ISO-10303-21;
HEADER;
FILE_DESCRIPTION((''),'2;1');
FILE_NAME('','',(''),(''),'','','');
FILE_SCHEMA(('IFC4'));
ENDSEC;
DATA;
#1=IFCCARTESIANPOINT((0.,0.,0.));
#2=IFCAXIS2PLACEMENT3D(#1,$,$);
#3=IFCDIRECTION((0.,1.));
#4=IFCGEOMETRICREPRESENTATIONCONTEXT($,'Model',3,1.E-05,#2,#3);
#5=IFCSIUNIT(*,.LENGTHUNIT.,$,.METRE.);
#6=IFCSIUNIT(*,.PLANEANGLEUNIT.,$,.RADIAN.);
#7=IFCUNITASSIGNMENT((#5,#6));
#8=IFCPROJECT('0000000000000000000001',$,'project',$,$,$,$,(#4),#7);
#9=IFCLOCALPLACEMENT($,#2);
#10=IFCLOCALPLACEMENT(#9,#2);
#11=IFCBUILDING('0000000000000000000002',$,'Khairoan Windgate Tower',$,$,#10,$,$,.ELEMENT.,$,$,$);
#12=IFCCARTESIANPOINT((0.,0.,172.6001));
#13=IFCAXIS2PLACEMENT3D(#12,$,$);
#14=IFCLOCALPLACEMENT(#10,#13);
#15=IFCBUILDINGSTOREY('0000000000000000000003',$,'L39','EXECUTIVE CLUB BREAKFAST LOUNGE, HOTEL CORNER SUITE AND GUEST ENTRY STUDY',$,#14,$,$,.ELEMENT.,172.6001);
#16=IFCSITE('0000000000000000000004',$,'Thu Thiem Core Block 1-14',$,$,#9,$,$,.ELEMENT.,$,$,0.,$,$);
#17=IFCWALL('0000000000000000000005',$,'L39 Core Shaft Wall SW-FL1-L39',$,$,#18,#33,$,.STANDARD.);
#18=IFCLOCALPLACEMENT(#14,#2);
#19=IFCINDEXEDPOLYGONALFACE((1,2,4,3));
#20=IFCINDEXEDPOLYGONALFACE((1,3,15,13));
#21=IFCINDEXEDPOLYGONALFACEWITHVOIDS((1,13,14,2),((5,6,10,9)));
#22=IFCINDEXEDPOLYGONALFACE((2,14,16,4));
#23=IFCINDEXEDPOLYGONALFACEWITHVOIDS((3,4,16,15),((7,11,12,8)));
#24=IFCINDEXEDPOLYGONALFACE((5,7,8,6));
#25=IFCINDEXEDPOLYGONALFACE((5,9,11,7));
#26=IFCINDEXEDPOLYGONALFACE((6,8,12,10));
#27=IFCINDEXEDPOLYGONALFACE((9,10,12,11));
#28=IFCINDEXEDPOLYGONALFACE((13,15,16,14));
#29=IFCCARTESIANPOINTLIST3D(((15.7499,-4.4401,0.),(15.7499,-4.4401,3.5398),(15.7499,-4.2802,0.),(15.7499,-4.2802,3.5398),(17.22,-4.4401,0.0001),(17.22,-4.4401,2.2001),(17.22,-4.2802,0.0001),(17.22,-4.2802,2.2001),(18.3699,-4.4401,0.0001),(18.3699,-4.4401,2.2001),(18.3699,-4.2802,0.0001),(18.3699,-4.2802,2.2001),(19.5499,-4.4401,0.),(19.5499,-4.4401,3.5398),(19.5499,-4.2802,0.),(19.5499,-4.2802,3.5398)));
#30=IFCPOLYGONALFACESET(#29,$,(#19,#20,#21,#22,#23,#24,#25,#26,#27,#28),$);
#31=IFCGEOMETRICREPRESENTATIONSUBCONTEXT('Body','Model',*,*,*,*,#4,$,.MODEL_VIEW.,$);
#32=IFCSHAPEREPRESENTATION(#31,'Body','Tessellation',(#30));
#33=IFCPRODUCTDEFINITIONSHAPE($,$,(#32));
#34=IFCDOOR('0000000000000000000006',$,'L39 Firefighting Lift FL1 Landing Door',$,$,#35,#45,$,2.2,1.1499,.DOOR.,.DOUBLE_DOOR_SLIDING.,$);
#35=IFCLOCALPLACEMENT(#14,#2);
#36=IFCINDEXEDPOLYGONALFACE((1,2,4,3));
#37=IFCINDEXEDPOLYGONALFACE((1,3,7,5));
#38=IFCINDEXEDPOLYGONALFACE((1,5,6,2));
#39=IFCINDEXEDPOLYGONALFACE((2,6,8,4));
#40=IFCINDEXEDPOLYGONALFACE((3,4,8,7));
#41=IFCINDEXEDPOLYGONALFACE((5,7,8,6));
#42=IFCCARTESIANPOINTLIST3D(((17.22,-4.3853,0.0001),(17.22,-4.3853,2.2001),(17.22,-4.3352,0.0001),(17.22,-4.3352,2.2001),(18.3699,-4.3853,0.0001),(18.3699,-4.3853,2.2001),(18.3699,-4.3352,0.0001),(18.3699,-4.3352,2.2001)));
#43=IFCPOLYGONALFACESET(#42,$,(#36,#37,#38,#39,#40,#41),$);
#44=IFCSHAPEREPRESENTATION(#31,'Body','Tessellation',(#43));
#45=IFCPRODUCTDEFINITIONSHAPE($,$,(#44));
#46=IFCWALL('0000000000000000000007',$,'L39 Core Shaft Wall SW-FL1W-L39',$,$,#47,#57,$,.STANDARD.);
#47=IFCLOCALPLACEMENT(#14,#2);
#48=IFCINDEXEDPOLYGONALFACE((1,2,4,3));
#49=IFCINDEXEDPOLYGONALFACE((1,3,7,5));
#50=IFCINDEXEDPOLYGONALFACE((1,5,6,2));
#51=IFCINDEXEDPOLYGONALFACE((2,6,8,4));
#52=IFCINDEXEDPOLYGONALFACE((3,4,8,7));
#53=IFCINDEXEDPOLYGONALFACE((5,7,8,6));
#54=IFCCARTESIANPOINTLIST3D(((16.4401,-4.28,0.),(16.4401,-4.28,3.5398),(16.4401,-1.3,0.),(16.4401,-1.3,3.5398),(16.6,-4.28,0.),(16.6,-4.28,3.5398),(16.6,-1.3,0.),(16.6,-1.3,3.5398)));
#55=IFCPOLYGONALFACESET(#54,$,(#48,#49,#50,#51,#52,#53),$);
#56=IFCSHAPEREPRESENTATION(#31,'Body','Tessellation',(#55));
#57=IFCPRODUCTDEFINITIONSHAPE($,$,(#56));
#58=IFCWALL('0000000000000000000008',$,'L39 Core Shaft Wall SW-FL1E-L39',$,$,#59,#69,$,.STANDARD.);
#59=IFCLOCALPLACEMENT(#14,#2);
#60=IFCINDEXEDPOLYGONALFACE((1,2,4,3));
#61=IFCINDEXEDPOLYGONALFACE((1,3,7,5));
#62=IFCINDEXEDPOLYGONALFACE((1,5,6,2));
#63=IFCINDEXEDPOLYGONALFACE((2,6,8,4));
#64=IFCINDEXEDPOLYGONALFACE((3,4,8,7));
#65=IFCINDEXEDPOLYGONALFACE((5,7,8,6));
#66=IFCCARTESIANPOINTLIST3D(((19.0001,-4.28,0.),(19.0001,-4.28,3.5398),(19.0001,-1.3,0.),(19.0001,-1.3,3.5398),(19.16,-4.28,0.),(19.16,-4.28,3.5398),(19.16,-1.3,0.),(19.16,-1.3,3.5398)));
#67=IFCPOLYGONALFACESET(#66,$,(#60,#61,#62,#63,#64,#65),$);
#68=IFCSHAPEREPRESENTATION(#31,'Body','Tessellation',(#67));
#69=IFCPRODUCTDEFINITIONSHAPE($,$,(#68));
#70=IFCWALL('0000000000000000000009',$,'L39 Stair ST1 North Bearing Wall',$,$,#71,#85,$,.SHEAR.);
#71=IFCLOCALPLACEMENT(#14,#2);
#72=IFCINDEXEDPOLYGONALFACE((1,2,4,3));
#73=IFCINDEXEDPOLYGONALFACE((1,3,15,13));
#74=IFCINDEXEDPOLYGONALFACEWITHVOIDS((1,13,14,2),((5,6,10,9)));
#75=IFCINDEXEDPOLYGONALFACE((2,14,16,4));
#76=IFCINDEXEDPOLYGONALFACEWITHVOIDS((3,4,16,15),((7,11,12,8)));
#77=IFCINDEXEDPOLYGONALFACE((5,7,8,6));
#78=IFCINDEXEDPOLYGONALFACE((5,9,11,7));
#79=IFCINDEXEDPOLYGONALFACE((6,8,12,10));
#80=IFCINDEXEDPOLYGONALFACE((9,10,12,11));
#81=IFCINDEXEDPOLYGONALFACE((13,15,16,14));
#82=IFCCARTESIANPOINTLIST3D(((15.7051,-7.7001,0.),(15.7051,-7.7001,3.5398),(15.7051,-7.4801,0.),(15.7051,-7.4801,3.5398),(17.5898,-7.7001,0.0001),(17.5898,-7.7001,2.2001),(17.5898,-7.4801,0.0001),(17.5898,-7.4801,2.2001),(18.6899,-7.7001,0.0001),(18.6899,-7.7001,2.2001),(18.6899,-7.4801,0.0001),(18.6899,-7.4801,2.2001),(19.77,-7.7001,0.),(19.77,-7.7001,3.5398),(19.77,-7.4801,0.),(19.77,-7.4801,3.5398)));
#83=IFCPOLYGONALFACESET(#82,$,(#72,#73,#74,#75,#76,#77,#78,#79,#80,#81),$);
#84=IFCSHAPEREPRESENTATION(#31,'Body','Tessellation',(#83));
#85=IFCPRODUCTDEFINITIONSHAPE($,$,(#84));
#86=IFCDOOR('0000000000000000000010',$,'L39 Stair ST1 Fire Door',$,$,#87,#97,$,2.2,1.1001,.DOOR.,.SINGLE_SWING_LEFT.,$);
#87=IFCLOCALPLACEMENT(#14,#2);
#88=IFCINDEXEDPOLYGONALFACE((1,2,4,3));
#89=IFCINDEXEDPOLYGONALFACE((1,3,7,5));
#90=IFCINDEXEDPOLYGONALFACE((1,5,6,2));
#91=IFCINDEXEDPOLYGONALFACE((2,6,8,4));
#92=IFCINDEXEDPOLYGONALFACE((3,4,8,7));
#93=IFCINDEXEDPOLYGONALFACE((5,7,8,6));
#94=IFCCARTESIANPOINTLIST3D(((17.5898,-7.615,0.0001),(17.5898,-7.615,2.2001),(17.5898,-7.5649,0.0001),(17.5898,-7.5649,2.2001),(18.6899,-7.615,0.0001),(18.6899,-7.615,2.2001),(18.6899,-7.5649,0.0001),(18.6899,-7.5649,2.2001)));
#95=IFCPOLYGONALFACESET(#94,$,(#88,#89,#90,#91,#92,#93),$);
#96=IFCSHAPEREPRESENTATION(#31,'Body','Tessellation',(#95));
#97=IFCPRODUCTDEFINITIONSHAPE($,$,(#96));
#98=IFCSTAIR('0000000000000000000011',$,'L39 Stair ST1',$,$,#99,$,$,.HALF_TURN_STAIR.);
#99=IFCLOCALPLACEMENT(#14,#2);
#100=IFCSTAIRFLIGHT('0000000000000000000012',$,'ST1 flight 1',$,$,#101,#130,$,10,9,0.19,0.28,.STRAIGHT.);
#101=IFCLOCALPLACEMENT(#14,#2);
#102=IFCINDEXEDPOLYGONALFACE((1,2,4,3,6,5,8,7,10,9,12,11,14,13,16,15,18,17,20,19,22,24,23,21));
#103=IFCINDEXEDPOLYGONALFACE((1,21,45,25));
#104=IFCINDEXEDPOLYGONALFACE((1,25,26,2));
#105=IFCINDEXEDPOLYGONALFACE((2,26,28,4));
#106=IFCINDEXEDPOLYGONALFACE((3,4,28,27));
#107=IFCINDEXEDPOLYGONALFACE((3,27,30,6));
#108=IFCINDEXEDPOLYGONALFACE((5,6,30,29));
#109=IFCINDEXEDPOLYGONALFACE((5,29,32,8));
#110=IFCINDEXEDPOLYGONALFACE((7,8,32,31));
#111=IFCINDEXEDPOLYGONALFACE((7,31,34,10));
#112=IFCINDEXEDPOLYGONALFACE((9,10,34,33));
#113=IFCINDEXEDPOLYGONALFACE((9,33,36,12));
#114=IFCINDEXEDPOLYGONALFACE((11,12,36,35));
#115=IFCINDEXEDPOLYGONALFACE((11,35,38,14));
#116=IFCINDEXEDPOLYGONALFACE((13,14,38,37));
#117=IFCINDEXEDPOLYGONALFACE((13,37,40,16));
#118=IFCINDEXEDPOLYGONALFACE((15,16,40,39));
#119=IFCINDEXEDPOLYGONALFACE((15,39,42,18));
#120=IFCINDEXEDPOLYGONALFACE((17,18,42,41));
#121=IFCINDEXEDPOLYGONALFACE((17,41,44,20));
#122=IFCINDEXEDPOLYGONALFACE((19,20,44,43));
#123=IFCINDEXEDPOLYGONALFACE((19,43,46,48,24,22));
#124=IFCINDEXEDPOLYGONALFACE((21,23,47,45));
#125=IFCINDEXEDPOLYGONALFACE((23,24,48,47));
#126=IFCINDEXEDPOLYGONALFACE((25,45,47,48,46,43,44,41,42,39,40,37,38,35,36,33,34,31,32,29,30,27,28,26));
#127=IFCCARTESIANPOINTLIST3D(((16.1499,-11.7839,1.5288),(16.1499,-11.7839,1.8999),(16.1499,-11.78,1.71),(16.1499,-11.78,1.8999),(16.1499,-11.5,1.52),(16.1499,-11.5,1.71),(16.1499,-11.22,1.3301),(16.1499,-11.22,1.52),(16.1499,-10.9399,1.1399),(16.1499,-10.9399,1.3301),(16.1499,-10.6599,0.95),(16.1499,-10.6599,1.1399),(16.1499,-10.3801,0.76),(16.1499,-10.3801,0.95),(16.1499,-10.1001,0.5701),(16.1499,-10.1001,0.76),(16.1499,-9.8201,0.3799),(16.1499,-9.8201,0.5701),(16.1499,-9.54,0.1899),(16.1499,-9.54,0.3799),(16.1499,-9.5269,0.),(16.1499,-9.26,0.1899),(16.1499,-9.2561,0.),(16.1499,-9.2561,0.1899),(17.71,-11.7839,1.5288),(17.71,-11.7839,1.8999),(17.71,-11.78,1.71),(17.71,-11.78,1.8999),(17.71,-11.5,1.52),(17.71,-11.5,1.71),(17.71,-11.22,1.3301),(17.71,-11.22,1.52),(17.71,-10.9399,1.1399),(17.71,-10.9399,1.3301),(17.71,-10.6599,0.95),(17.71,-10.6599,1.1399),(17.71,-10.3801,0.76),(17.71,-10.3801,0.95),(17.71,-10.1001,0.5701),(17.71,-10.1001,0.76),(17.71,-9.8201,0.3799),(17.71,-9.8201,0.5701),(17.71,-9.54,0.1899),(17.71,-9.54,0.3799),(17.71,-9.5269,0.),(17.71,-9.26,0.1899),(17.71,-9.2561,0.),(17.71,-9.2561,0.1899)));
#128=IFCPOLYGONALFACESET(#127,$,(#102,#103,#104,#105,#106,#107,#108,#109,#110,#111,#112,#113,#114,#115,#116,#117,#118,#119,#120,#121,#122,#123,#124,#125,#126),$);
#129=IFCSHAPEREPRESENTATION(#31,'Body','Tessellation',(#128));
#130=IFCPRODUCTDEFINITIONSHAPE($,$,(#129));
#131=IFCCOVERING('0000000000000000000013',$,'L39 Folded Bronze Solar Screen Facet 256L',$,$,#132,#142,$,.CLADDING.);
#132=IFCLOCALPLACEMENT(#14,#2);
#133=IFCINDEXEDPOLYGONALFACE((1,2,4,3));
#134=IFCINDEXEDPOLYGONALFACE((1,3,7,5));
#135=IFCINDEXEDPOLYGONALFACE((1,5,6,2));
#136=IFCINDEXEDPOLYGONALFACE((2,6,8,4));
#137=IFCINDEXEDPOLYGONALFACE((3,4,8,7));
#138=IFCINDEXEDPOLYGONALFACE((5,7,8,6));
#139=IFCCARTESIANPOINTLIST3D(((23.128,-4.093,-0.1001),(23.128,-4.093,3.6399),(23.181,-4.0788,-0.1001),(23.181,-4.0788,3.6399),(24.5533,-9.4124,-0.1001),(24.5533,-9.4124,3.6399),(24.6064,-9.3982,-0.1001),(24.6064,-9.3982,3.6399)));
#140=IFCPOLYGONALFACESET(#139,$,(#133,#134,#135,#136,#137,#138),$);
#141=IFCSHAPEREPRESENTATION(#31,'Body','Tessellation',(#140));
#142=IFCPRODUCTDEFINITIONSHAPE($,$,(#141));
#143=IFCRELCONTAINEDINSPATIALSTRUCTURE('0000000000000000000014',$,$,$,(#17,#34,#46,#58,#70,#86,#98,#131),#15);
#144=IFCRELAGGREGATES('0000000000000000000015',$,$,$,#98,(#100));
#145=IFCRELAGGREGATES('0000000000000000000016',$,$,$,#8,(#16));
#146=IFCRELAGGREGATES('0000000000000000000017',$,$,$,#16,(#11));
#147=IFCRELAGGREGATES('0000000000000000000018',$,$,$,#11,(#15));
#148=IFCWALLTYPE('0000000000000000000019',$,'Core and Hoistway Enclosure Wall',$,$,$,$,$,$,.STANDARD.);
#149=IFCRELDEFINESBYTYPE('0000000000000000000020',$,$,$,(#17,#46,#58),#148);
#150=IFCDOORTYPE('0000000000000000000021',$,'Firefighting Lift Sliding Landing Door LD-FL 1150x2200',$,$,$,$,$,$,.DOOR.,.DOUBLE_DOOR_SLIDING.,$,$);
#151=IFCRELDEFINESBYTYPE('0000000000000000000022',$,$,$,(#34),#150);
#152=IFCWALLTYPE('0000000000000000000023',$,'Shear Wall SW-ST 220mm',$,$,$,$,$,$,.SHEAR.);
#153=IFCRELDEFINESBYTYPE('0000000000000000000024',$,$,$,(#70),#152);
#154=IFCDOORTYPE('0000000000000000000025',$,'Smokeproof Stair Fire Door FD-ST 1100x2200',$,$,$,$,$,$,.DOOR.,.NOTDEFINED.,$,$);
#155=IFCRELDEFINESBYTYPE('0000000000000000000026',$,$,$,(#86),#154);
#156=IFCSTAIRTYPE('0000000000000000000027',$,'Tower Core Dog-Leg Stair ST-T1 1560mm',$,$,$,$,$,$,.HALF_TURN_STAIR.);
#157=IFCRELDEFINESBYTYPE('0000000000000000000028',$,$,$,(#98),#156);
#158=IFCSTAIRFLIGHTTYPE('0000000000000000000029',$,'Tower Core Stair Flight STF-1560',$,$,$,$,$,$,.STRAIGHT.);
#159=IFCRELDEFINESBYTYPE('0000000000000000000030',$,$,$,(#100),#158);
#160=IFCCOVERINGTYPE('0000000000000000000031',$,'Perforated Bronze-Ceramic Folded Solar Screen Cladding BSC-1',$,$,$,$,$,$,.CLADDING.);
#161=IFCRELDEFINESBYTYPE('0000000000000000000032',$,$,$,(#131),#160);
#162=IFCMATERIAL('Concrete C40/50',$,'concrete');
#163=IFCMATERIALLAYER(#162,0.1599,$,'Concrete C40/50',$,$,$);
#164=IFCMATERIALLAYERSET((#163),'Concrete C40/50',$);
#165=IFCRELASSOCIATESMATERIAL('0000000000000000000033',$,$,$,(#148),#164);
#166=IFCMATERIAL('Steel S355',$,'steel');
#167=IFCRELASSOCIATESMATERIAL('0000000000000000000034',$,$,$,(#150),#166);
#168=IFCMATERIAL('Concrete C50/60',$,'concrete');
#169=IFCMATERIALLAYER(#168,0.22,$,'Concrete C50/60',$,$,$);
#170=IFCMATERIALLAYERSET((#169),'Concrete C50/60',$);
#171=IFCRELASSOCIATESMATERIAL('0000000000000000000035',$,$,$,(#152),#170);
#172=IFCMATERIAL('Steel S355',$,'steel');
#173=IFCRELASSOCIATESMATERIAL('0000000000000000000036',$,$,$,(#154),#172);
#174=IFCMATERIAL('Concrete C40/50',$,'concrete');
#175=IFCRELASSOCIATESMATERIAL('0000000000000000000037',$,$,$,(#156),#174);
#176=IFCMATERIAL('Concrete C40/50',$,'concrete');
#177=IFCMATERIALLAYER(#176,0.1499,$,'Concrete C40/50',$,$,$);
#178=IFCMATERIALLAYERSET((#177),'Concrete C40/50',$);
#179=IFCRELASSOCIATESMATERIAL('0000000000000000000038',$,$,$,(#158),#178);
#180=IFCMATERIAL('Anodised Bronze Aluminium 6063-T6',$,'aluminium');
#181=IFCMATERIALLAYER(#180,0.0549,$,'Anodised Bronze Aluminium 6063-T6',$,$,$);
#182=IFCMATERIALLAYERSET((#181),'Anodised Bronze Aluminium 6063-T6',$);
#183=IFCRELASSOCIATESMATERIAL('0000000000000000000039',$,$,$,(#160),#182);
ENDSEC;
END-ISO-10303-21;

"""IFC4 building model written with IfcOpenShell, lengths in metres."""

from ifc_helpers import new_model, si_unit, direction, frame, frame_2d, origin, origin_2d, place, context, subcontext, project, spatial, polyline, rectangle, outline, extrude, material, layer, layer_set, type_object, element, fill, aggregate, save


model = new_model("IFC4")

# Units and contexts
model_context = context("Model", 3, precision=1e-05, world=origin(), true_north=direction((0.0, 1.0)))
body_context = subcontext(model_context, "Body", "Model", "MODEL_VIEW")
ifc_project = project(units=[si_unit("LENGTHUNIT", "METRE"), si_unit("PLANEANGLEUNIT", "RADIAN")], contexts=[model_context])

# Site, building, storey
site_placement = place(None, origin())
site = spatial("IfcSite", under=ifc_project, at=site_placement, Name="Thu Thiem Core Block 1-14", CompositionType="ELEMENT", RefElevation=0.0)
building_placement = place(site_placement, origin())
building = spatial("IfcBuilding", under=site, at=building_placement, Name="Khairoan Windgate Tower", CompositionType="ELEMENT")
storey_placement = place(building_placement, frame((0.0, 0.0, 172.6001)))
storey = spatial("IfcBuildingStorey", under=building, at=storey_placement, Name="L39", Description="EXECUTIVE CLUB BREAKFAST LOUNGE, HOTEL CORNER SUITE AND GUEST ENTRY STUDY", CompositionType="ELEMENT", Elevation=172.6001)

# Shared definitions
ifc_material_1 = material(Name="Concrete C40/50", Category="concrete")
ifc_layer_1 = layer(ifc_material_1, 0.1599, Name="Concrete C40/50")
ifc_layer_set_1 = layer_set([ifc_layer_1], Name="Concrete C40/50")
wall_type_1 = type_object("IfcWallType", Name="Core and Hoistway Enclosure Wall", PredefinedType="STANDARD", material=ifc_layer_set_1)

# Wall, opening, door
wall_1_placement = place(storey_placement, frame((15.75, -4.3601, 0.0), z_axis=(0.0, 0.0, 1.0), x_axis=(1.0, 0.0, 0.0)))
wall_1 = element("IfcWall", 1, at=wall_1_placement, inside=storey, type_object=wall_type_1, Name="L39 Core Shaft Wall SW-FL1-L39", PredefinedType="STANDARD", context=body_context, shape_type="SweptSolid", body=[
    extrude(rectangle(XDim=3.8, YDim=0.1599, at=frame_2d((1.8999, 0.0))), origin(), (0.0, 0.0, 1.0), 3.5398),
])
opening_1_placement = place(wall_1_placement, frame((1.47, 0.0, 0.0)))
opening_1 = element("IfcOpeningElement", 2, at=opening_1_placement, cuts=wall_1, PredefinedType="OPENING", context=body_context, shape_type="SweptSolid", body=[
    extrude(rectangle(XDim=1.1499, YDim=2.2, at=frame_2d((0.575, 1.1001))), frame((0.0, 0.0898, 0.0), z_axis=(0.0, -1.0, 0.0), x_axis=(1.0, 0.0, 0.0)), (0.0, 0.0, 1.0), 0.1799),
])
ifc_material_2 = material(Name="Steel S355", Category="steel")
door_type_1 = type_object("IfcDoorType", Name="Firefighting Lift Sliding Landing Door LD-FL 1150x2200", OperationType="DOUBLE_DOOR_SLIDING", PredefinedType="DOOR", material=ifc_material_2)
door_1_placement = place(opening_1_placement, origin())
door_1 = element("IfcDoor", 3, at=door_1_placement, inside=storey, type_object=door_type_1, Name="L39 Firefighting Lift FL1 Landing Door", OperationType="DOUBLE_DOOR_SLIDING", OverallHeight=2.2, OverallWidth=1.1499, PredefinedType="DOOR", context=body_context, shape_type="SweptSolid", body=[
    extrude(rectangle(XDim=1.1499, YDim=2.2, at=frame_2d((0.575, 1.1001))), frame((0.0, 0.0249, 0.0), z_axis=(0.0, -1.0, 0.0), x_axis=(1.0, 0.0, 0.0)), (0.0, 0.0, 1.0), 0.05),
])
fill(opening_1, door_1)

# Walls
for number, where, z_axis, x_axis, name in (
    (4, (16.52, -4.28, 0.0), (0.0, 0.0, 1.0), (0.0, 1.0, 0.0), "L39 Core Shaft Wall SW-FL1W-L39"),
    (5, (19.0801, -4.28, 0.0), (0.0, 0.0, 1.0), (0.0, 1.0, 0.0), "L39 Core Shaft Wall SW-FL1E-L39"),
):
    element("IfcWall", number, at=place(storey_placement, frame(where, z_axis=z_axis, x_axis=x_axis)), inside=storey, type_object=wall_type_1, Name=name, PredefinedType="STANDARD", context=body_context, shape_type="SweptSolid", body=[
        extrude(rectangle(XDim=2.98, YDim=0.1599, at=frame_2d((1.49, 0.0))), origin(), (0.0, 0.0, 1.0), 3.5398),
    ])

# Wall, opening, door
ifc_material_3 = material(Name="Concrete C50/60", Category="concrete")
ifc_layer_2 = layer(ifc_material_3, 0.22, Name="Concrete C50/60")
ifc_layer_set_2 = layer_set([ifc_layer_2], Name="Concrete C50/60")
wall_type_2 = type_object("IfcWallType", Name="Shear Wall SW-ST 220mm", PredefinedType="SHEAR", material=ifc_layer_set_2)
wall_2_placement = place(storey_placement, frame((19.77, -7.5901, 0.0), z_axis=(0.0, 0.0, 1.0), x_axis=(-1.0, 0.0, 0.0)))
wall_2 = element("IfcWall", 6, at=wall_2_placement, inside=storey, type_object=wall_type_2, Name="L39 Stair ST1 North Bearing Wall", PredefinedType="SHEAR", context=body_context, shape_type="SweptSolid", body=[
    extrude(rectangle(XDim=4.0649, YDim=0.22, at=frame_2d((2.0325, 0.0))), origin(), (0.0, 0.0, 1.0), 3.5398),
])
opening_2_placement = place(wall_2_placement, frame((1.0801, 0.0, 0.0)))
opening_2 = element("IfcOpeningElement", 7, at=opening_2_placement, cuts=wall_2, PredefinedType="OPENING", context=body_context, shape_type="SweptSolid", body=[
    extrude(rectangle(XDim=1.1001, YDim=2.2, at=frame_2d((0.55, 1.1001))), frame((0.0, 0.1199, 0.0), z_axis=(0.0, -1.0, 0.0), x_axis=(1.0, 0.0, 0.0)), (0.0, 0.0, 1.0), 0.24),
])
ifc_material_4 = material(Name="Steel S355", Category="steel")
door_type_2 = type_object("IfcDoorType", Name="Smokeproof Stair Fire Door FD-ST 1100x2200", OperationType="NOTDEFINED", PredefinedType="DOOR", material=ifc_material_4)
door_2_placement = place(opening_2_placement, origin())
door_2 = element("IfcDoor", 8, at=door_2_placement, inside=storey, type_object=door_type_2, Name="L39 Stair ST1 Fire Door", OperationType="SINGLE_SWING_LEFT", OverallHeight=2.2, OverallWidth=1.1001, PredefinedType="DOOR", context=body_context, shape_type="SweptSolid", body=[
    extrude(rectangle(XDim=1.1001, YDim=2.2, at=frame_2d((0.55, 1.1001))), frame((0.0, 0.0249, 0.0), z_axis=(0.0, -1.0, 0.0), x_axis=(1.0, 0.0, 0.0)), (0.0, 0.0, 1.0), 0.05),
])
fill(opening_2, door_2)

# Stair, stair flight
ifc_material_5 = material(Name="Concrete C40/50", Category="concrete")
stair_type = type_object("IfcStairType", Name="Tower Core Dog-Leg Stair ST-T1 1560mm", PredefinedType="HALF_TURN_STAIR", material=ifc_material_5)
stair_placement = place(storey_placement, origin())
stair = element("IfcStair", 9, at=stair_placement, inside=storey, type_object=stair_type, Name="L39 Stair ST1", PredefinedType="HALF_TURN_STAIR")
ifc_material_6 = material(Name="Concrete C40/50", Category="concrete")
ifc_layer_3 = layer(ifc_material_6, 0.1499, Name="Concrete C40/50")
ifc_layer_set_3 = layer_set([ifc_layer_3], Name="Concrete C40/50")
stair_flight_type = type_object("IfcStairFlightType", Name="Tower Core Stair Flight STF-1560", PredefinedType="STRAIGHT", material=ifc_layer_set_3)
stair_flight_placement = place(storey_placement, frame((16.9299, -9.26, 0.0), z_axis=(0.0, 0.0, 1.0), x_axis=(0.0, -1.0, 0.0)))
stair_flight = element("IfcStairFlight", 10, at=stair_flight_placement, type_object=stair_flight_type, Name="ST1 flight 1", NumberOfRisers=10, NumberOfTreads=9, PredefinedType="STRAIGHT", RiserHeight=0.19, TreadLength=0.28, context=body_context, shape_type="SweptSolid", body=[
    extrude(outline(polyline([(-0.0039, 0.0), (-0.0039, 0.1899), (0.0, 0.1899), (0.28, 0.1899), (0.28, 0.3799), (0.5601, 0.3799), (0.5601, 0.5701), (0.8401, 0.5701), (0.8401, 0.76), (1.1201, 0.76), (1.1201, 0.95), (1.3999, 0.95), (1.3999, 1.1399), (1.6799, 1.1399), (1.6799, 1.3301), (1.96, 1.3301), (1.96, 1.52), (2.24, 1.52), (2.24, 1.71), (2.52, 1.71), (2.52, 1.8999), (2.5239, 1.8999), (2.5239, 1.5288), (0.2668, 0.0), (-0.0039, 0.0)])), frame((0.0, 0.78, 0.0), z_axis=(0.0, -1.0, 0.0), x_axis=(1.0, 0.0, 0.0)), (0.0, 0.0, 1.0), 1.5601),
])
aggregate(stair, [stair_flight])

# Covering
ifc_material_7 = material(Name="Anodised Bronze Aluminium 6063-T6", Category="aluminium")
ifc_layer_4 = layer(ifc_material_7, 0.0549, Name="Anodised Bronze Aluminium 6063-T6")
ifc_layer_set_4 = layer_set([ifc_layer_4], Name="Anodised Bronze Aluminium 6063-T6")
covering_type = type_object("IfcCoveringType", Name="Perforated Bronze-Ceramic Folded Solar Screen Cladding BSC-1", PredefinedType="CLADDING", material=ifc_layer_set_4)
covering_placement = place(storey_placement, frame((23.8672, -6.7456, -0.1001), z_axis=(0.0, 0.0, 1.0), x_axis=(0.258819, -0.965926, 0.0)))
element("IfcCovering", 11, at=covering_placement, inside=storey, type_object=covering_type, Name="L39 Folded Bronze Solar Screen Facet 256L", PredefinedType="CLADDING", context=body_context, shape_type="SweptSolid", body=[
    extrude(rectangle(XDim=5.5071, YDim=0.0549, at=origin_2d()), origin(), (0.0, 0.0, 1.0), 3.74),
])

save(model, "model.ifc")
